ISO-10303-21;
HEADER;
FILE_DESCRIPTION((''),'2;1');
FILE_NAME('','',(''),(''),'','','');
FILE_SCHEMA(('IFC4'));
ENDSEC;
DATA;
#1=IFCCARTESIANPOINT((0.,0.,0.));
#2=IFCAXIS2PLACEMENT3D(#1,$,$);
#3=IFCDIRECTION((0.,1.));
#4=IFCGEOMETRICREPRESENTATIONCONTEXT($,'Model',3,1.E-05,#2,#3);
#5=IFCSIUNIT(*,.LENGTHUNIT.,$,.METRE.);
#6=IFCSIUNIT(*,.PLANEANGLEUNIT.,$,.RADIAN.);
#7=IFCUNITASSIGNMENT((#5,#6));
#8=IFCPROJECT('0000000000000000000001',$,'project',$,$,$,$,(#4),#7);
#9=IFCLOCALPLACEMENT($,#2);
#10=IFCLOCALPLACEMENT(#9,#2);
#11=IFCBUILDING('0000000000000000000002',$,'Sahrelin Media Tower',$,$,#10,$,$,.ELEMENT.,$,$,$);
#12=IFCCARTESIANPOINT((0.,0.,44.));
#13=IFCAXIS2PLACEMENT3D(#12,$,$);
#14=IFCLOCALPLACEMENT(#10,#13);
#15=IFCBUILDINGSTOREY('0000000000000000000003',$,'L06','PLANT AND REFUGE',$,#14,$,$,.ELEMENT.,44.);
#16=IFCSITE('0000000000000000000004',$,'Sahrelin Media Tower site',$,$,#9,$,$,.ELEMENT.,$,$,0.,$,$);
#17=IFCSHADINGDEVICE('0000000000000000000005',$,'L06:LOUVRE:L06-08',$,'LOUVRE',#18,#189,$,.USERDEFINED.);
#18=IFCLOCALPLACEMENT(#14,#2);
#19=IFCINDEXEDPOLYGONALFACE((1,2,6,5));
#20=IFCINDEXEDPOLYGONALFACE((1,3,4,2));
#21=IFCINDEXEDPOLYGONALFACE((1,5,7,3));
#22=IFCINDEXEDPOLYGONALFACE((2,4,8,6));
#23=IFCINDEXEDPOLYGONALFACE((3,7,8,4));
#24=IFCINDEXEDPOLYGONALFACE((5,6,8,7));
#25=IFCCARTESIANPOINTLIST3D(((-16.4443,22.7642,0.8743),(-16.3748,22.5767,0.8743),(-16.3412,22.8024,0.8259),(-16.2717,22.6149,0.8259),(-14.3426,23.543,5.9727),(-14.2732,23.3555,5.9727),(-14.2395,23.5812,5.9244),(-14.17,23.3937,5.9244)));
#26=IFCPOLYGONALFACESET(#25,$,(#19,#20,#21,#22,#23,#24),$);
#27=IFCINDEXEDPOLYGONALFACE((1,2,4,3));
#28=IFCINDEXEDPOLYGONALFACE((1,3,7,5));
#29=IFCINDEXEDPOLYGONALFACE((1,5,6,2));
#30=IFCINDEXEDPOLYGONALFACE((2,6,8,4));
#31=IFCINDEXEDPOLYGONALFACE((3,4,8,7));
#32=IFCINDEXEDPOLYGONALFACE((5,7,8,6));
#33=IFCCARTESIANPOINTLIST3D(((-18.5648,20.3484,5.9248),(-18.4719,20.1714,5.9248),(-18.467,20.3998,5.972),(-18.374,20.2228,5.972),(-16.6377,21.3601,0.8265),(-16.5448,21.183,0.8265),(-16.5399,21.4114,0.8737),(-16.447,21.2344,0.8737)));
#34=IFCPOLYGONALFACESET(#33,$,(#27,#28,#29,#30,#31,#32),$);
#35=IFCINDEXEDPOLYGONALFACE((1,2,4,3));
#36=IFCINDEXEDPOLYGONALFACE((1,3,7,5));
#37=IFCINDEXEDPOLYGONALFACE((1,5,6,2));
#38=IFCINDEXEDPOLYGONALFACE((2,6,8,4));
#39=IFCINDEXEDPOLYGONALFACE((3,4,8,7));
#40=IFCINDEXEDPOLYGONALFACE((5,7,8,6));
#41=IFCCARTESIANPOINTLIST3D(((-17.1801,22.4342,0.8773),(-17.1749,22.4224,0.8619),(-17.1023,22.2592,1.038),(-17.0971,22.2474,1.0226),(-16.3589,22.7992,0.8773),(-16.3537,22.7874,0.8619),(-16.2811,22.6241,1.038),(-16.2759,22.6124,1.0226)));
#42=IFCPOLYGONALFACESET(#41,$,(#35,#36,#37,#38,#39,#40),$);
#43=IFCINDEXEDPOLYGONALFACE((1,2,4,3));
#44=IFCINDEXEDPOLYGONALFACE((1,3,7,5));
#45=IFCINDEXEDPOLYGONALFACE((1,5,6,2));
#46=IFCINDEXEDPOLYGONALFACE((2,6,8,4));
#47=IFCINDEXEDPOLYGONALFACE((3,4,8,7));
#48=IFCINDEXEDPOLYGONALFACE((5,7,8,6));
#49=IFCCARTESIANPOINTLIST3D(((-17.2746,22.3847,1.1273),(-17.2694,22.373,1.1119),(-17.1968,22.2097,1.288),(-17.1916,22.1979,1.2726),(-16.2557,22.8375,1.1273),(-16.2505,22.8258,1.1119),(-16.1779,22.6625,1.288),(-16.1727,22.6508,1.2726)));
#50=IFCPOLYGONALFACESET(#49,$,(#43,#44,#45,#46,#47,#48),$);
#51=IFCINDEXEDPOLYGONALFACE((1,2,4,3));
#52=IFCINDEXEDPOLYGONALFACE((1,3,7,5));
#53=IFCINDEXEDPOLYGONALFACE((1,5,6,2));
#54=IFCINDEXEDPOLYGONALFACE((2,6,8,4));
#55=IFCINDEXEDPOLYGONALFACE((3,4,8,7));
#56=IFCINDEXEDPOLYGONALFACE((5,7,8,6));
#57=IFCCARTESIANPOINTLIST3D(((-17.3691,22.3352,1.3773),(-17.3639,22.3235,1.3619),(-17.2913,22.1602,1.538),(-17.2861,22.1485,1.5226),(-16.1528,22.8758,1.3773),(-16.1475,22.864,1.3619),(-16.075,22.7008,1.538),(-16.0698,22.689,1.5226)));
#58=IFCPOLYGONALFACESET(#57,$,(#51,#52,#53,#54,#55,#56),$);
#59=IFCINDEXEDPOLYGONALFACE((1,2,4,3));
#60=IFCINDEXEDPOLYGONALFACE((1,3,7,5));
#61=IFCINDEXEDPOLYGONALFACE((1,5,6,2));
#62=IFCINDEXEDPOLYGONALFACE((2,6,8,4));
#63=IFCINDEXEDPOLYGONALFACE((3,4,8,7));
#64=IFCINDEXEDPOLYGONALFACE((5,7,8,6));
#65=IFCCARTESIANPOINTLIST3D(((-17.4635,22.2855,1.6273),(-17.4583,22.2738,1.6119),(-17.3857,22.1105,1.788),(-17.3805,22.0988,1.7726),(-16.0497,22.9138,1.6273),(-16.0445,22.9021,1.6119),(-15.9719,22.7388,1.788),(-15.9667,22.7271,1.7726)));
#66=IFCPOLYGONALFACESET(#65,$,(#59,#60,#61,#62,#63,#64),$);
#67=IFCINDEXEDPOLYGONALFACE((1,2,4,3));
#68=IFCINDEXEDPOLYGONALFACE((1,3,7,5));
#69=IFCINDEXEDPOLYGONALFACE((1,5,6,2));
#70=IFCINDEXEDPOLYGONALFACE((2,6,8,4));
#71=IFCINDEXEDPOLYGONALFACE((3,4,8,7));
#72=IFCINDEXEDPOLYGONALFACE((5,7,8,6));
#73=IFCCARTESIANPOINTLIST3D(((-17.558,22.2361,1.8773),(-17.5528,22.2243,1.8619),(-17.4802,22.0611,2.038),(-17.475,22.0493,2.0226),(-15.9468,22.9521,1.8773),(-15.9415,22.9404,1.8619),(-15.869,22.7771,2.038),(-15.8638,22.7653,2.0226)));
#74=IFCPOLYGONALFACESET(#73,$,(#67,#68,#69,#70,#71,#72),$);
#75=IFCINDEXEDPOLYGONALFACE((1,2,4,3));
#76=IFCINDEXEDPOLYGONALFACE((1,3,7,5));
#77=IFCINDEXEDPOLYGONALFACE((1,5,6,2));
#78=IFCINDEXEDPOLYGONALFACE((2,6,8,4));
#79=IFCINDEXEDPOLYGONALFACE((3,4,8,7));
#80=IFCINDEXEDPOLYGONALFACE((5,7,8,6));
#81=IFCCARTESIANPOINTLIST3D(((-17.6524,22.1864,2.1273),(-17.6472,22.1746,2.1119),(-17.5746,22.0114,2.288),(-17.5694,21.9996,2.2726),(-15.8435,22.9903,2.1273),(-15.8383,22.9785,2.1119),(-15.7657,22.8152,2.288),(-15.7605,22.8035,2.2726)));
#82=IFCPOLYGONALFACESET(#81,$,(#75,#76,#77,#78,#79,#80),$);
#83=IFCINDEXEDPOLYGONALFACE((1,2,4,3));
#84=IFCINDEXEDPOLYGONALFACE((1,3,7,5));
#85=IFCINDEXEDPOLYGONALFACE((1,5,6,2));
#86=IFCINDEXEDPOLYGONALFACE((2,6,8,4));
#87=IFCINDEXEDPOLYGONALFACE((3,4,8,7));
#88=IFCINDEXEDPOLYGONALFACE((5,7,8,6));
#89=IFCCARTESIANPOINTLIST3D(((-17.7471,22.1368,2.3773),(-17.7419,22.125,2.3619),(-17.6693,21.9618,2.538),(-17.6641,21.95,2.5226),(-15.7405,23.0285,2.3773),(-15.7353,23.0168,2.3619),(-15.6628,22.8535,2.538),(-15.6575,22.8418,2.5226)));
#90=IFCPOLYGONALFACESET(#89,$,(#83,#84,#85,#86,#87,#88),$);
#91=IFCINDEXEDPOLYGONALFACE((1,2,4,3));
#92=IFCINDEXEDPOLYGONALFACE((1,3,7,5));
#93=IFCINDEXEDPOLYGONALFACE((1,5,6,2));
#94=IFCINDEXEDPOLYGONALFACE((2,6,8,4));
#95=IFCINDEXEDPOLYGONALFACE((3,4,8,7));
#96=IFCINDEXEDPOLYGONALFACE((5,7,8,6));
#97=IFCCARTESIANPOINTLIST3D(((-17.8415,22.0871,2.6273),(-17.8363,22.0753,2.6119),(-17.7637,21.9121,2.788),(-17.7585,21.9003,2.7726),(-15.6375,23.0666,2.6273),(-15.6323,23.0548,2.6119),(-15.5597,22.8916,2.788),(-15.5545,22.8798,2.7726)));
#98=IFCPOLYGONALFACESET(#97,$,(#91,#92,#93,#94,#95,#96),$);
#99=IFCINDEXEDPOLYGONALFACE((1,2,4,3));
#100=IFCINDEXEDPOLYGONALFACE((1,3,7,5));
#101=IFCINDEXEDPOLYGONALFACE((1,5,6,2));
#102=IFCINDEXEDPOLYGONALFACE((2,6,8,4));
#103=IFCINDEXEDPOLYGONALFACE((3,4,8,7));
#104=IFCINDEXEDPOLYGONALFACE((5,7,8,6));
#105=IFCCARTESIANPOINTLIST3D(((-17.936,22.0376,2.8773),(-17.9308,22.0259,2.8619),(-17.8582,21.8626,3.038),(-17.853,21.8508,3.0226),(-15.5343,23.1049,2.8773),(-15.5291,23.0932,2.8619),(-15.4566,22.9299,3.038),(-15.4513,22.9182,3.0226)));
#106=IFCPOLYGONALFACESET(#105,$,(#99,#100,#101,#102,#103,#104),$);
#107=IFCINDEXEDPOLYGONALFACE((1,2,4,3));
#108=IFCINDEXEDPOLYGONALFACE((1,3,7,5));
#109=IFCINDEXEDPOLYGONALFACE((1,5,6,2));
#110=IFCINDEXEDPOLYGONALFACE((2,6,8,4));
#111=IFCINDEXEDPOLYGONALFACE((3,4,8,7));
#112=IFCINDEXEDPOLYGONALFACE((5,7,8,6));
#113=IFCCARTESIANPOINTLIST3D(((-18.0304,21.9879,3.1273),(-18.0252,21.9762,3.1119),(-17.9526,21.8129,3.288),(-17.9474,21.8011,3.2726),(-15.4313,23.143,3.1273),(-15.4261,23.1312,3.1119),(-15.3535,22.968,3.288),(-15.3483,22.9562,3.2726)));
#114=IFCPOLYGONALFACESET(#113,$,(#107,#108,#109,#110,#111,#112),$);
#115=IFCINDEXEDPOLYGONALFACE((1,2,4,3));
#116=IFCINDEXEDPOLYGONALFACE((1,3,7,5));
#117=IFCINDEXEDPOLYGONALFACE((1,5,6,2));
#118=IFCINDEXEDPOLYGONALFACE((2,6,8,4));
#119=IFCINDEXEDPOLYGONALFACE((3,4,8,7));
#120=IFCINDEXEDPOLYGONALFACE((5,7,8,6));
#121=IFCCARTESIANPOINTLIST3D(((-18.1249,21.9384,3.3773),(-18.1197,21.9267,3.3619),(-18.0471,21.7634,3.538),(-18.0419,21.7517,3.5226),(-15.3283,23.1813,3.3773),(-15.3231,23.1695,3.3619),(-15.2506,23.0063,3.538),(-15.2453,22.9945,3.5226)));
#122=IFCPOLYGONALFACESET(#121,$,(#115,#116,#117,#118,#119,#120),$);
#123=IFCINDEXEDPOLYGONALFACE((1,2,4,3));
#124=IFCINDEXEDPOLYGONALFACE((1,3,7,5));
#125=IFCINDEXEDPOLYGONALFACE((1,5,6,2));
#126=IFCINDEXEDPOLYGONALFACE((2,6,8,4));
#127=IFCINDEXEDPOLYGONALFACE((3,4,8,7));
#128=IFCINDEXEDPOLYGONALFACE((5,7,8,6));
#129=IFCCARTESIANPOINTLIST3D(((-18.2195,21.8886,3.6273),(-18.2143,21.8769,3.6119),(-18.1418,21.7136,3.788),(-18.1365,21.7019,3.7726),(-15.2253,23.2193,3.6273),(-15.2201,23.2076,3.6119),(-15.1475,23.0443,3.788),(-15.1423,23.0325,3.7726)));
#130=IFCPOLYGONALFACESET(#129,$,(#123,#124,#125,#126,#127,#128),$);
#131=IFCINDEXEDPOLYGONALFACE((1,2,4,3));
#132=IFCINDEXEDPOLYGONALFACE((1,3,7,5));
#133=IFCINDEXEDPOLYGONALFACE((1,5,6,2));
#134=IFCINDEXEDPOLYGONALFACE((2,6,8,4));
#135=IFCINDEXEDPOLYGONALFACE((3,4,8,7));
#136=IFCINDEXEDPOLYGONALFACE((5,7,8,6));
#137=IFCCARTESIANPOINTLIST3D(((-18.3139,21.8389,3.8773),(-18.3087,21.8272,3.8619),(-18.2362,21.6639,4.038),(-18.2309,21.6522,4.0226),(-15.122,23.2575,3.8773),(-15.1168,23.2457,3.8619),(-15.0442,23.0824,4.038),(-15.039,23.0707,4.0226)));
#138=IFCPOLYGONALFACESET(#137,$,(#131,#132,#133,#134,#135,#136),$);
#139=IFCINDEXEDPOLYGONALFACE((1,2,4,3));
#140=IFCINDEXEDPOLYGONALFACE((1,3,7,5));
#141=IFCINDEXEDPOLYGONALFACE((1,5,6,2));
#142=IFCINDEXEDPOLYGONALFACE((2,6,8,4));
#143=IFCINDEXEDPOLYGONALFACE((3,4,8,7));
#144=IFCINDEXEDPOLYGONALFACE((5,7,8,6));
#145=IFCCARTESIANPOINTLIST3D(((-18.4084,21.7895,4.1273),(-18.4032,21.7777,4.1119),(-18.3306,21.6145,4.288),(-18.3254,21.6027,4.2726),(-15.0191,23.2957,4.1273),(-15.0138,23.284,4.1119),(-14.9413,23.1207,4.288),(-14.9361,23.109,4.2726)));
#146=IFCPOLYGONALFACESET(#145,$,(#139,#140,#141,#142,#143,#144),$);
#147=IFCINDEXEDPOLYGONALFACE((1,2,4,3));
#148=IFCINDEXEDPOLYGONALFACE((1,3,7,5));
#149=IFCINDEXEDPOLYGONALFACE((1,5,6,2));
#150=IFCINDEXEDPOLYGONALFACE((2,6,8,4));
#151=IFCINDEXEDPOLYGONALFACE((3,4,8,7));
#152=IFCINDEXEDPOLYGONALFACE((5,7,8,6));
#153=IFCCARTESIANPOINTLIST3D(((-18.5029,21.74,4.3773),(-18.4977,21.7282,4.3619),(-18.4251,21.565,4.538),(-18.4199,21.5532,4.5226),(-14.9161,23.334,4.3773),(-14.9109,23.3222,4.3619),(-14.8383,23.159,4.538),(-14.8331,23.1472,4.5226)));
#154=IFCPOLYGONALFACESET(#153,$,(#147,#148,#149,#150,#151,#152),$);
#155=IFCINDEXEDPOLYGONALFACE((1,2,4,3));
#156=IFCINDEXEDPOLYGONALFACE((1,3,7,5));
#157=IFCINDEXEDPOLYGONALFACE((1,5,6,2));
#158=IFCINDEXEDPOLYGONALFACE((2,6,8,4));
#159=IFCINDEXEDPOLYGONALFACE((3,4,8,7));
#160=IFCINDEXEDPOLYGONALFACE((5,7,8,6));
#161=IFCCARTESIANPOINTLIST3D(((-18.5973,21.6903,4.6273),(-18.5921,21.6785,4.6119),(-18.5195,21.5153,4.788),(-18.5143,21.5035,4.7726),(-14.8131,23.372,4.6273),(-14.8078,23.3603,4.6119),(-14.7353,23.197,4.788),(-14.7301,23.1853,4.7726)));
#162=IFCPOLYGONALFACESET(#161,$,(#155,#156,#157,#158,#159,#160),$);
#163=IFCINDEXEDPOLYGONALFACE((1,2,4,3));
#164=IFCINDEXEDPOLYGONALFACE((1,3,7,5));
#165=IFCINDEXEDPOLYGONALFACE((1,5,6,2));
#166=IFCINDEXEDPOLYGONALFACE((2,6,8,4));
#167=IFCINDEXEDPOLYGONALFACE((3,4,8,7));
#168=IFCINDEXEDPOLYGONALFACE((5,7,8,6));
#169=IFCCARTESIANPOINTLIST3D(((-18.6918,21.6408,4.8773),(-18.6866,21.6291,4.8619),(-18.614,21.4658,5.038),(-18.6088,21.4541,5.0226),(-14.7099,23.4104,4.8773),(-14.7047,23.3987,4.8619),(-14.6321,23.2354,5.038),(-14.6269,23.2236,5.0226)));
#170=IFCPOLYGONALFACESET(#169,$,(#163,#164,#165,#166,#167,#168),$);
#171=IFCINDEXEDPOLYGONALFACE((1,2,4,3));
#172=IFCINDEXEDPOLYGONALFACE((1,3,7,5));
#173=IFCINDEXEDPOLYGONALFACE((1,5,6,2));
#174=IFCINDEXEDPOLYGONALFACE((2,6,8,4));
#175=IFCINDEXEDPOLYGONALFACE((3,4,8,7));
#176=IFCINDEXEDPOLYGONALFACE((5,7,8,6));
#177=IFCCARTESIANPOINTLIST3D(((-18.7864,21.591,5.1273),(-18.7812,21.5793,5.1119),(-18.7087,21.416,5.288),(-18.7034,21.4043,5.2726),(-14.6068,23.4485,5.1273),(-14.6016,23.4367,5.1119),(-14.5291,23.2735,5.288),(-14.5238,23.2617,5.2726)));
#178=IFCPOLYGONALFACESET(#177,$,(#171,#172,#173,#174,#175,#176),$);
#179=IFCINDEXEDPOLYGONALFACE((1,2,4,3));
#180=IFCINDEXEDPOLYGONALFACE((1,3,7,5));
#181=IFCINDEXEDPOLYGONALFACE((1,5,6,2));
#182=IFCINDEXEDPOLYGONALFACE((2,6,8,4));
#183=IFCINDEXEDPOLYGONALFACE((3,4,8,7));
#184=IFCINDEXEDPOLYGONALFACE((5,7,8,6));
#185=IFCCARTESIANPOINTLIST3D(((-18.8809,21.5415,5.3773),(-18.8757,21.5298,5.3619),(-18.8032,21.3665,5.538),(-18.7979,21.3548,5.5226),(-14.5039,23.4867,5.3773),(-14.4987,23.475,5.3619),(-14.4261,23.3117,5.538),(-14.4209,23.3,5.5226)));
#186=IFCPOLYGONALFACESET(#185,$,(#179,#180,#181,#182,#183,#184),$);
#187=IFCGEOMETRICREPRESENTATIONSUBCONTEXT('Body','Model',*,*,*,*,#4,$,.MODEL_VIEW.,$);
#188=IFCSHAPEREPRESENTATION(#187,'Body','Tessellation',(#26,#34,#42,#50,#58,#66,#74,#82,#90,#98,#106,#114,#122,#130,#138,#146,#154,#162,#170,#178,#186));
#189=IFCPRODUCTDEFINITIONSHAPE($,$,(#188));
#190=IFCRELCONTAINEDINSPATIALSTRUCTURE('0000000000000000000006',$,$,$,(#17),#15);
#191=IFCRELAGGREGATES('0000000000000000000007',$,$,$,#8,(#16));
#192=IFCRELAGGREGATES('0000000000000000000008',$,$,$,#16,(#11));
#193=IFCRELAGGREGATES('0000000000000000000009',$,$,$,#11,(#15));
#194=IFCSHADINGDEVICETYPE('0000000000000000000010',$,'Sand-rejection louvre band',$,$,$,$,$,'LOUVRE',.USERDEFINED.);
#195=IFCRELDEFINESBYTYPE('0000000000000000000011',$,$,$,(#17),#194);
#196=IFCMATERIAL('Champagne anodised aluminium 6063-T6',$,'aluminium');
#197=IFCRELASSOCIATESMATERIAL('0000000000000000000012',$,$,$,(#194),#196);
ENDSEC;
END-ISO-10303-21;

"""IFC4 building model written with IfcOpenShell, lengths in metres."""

from ifc_helpers import new_model, si_unit, direction, frame, origin, origin_2d, place, context, subcontext, project, spatial, rectangle, extrude, material, type_object, element, save


model = new_model("IFC4")

# Units and contexts
model_context = context("Model", 3, precision=1e-05, world=origin(), true_north=direction((0.0, 1.0)))
body_context = subcontext(model_context, "Body", "Model", "MODEL_VIEW")
ifc_project = project(units=[si_unit("LENGTHUNIT", "METRE"), si_unit("PLANEANGLEUNIT", "RADIAN")], contexts=[model_context])

# Site, building, storey
site_placement = place(None, origin())
site = spatial("IfcSite", under=ifc_project, at=site_placement, Name="Sahrelin Media Tower site", CompositionType="ELEMENT", RefElevation=0.0)
building_placement = place(site_placement, origin())
building = spatial("IfcBuilding", under=site, at=building_placement, Name="Sahrelin Media Tower", CompositionType="ELEMENT")
storey_placement = place(building_placement, frame((0.0, 0.0, 44.0)))
storey = spatial("IfcBuildingStorey", under=building, at=storey_placement, Name="L06", Description="PLANT AND REFUGE", CompositionType="ELEMENT", Elevation=44.0)

# Shading device
ifc_material_1 = material(Name="Champagne anodised aluminium 6063-T6", Category="aluminium")
shading_device_type = type_object("IfcShadingDeviceType", Name="Sand-rejection louvre band", ElementType="LOUVRE", PredefinedType="USERDEFINED", material=ifc_material_1)
shading_device_1_placement = place(storey_placement, frame((-16.4807, 22.0056, 0.0), z_axis=(0.0, 0.0, 1.0), x_axis=(0.913824, 0.406111, 0.0)))
element("IfcShadingDevice", 1, at=shading_device_1_placement, inside=storey, type_object=shading_device_type, Name="L06:LOUVRE:L06-08", ObjectType="LOUVRE", PredefinedType="USERDEFINED", context=body_context, shape_type="SweptSolid", body=[
    extrude(rectangle(XDim=0.2, YDim=0.1201, at=origin_2d()), frame((0.3899, 0.5752, 0.8501), z_axis=(0.401634, -0.025469, 0.915446), x_axis=(0.063287, 0.997995, 0.0)), (0.0, 0.0, 1.0), 5.5693),
    extrude(rectangle(XDim=0.2, YDim=0.1201, at=origin_2d()), frame((-0.344, -0.6223, 0.8501), z_axis=(-0.391786, -0.025588, 0.919701), x_axis=(0.065171, -0.997874, 0.0)), (0.0, 0.0, 1.0), 5.5435),
    extrude(rectangle(XDim=0.25, YDim=0.02, at=origin_2d()), frame((0.4336, 0.5735, 0.95), z_axis=(-1.0, 0.0, 0.0), x_axis=(0.0, -0.766044, 0.642788)), (0.0, 0.0, 1.0), 0.8987),
    extrude(rectangle(XDim=0.25, YDim=0.02, at=origin_2d()), frame((0.5435, 0.5667, 1.2), z_axis=(-1.0, 0.0, 0.0), x_axis=(0.0, -0.766044, 0.642788)), (0.0, 0.0, 1.0), 1.115),
    extrude(rectangle(XDim=0.25, YDim=0.02, at=origin_2d()), frame((0.6531, 0.5598, 1.45), z_axis=(-1.0, 0.0, 0.0), x_axis=(0.0, -0.766044, 0.642788)), (0.0, 0.0, 1.0), 1.3311),
    extrude(rectangle(XDim=0.25, YDim=0.02, at=origin_2d()), frame((0.7627, 0.5527, 1.7), z_axis=(-1.0, 0.0, 0.0), x_axis=(0.0, -0.766044, 0.642788)), (0.0, 0.0, 1.0), 1.5471),
    extrude(rectangle(XDim=0.25, YDim=0.02, at=origin_2d()), frame((0.8723, 0.5459, 1.95), z_axis=(-1.0, 0.0, 0.0), x_axis=(0.0, -0.766044, 0.642788)), (0.0, 0.0, 1.0), 1.7632),
    extrude(rectangle(XDim=0.25, YDim=0.02, at=origin_2d()), frame((0.9822, 0.5388, 2.2), z_axis=(-1.0, 0.0, 0.0), x_axis=(0.0, -0.766044, 0.642788)), (0.0, 0.0, 1.0), 1.9795),
    extrude(rectangle(XDim=0.25, YDim=0.02, at=origin_2d()), frame((1.0918, 0.532, 2.45), z_axis=(-1.0, 0.0, 0.0), x_axis=(0.0, -0.766044, 0.642788)), (0.0, 0.0, 1.0), 2.1958),
    extrude(rectangle(XDim=0.25, YDim=0.02, at=origin_2d()), frame((1.2014, 0.5249, 2.7), z_axis=(-1.0, 0.0, 0.0), x_axis=(0.0, -0.766044, 0.642788)), (0.0, 0.0, 1.0), 2.4119),
    extrude(rectangle(XDim=0.25, YDim=0.02, at=origin_2d()), frame((1.3113, 0.5181, 2.95), z_axis=(-1.0, 0.0, 0.0), x_axis=(0.0, -0.766044, 0.642788)), (0.0, 0.0, 1.0), 2.6282),
    extrude(rectangle(XDim=0.25, YDim=0.02, at=origin_2d()), frame((1.4209, 0.511, 3.2), z_axis=(-1.0, 0.0, 0.0), x_axis=(0.0, -0.766044, 0.642788)), (0.0, 0.0, 1.0), 2.8442),
    extrude(rectangle(XDim=0.25, YDim=0.02, at=origin_2d()), frame((1.5305, 0.5042, 3.45), z_axis=(-1.0, 0.0, 0.0), x_axis=(0.0, -0.766044, 0.642788)), (0.0, 0.0, 1.0), 3.0603),
    extrude(rectangle(XDim=0.25, YDim=0.02, at=origin_2d()), frame((1.6401, 0.4971, 3.7), z_axis=(-1.0, 0.0, 0.0), x_axis=(0.0, -0.766044, 0.642788)), (0.0, 0.0, 1.0), 3.2766),
    extrude(rectangle(XDim=0.25, YDim=0.02, at=origin_2d()), frame((1.75, 0.49, 3.95), z_axis=(-1.0, 0.0, 0.0), x_axis=(0.0, -0.766044, 0.642788)), (0.0, 0.0, 1.0), 3.4929),
    extrude(rectangle(XDim=0.25, YDim=0.02, at=origin_2d()), frame((1.8596, 0.4832, 4.2), z_axis=(-1.0, 0.0, 0.0), x_axis=(0.0, -0.766044, 0.642788)), (0.0, 0.0, 1.0), 3.709),
    extrude(rectangle(XDim=0.25, YDim=0.02, at=origin_2d()), frame((1.9692, 0.4763, 4.45), z_axis=(-1.0, 0.0, 0.0), x_axis=(0.0, -0.766044, 0.642788)), (0.0, 0.0, 1.0), 3.925),
    extrude(rectangle(XDim=0.25, YDim=0.02, at=origin_2d()), frame((2.0789, 0.4692, 4.7), z_axis=(-1.0, 0.0, 0.0), x_axis=(0.0, -0.766044, 0.642788)), (0.0, 0.0, 1.0), 4.1411),
    extrude(rectangle(XDim=0.25, YDim=0.02, at=origin_2d()), frame((2.1887, 0.4624, 4.95), z_axis=(-1.0, 0.0, 0.0), x_axis=(0.0, -0.766044, 0.642788)), (0.0, 0.0, 1.0), 4.3574),
    extrude(rectangle(XDim=0.25, YDim=0.02, at=origin_2d()), frame((2.2983, 0.4553, 5.2), z_axis=(-1.0, 0.0, 0.0), x_axis=(0.0, -0.766044, 0.642788)), (0.0, 0.0, 1.0), 4.5737),
    extrude(rectangle(XDim=0.25, YDim=0.02, at=origin_2d()), frame((2.408, 0.4485, 5.45), z_axis=(-1.0, 0.0, 0.0), x_axis=(0.0, -0.766044, 0.642788)), (0.0, 0.0, 1.0), 4.7898),
])

save(model, "model.ifc")
